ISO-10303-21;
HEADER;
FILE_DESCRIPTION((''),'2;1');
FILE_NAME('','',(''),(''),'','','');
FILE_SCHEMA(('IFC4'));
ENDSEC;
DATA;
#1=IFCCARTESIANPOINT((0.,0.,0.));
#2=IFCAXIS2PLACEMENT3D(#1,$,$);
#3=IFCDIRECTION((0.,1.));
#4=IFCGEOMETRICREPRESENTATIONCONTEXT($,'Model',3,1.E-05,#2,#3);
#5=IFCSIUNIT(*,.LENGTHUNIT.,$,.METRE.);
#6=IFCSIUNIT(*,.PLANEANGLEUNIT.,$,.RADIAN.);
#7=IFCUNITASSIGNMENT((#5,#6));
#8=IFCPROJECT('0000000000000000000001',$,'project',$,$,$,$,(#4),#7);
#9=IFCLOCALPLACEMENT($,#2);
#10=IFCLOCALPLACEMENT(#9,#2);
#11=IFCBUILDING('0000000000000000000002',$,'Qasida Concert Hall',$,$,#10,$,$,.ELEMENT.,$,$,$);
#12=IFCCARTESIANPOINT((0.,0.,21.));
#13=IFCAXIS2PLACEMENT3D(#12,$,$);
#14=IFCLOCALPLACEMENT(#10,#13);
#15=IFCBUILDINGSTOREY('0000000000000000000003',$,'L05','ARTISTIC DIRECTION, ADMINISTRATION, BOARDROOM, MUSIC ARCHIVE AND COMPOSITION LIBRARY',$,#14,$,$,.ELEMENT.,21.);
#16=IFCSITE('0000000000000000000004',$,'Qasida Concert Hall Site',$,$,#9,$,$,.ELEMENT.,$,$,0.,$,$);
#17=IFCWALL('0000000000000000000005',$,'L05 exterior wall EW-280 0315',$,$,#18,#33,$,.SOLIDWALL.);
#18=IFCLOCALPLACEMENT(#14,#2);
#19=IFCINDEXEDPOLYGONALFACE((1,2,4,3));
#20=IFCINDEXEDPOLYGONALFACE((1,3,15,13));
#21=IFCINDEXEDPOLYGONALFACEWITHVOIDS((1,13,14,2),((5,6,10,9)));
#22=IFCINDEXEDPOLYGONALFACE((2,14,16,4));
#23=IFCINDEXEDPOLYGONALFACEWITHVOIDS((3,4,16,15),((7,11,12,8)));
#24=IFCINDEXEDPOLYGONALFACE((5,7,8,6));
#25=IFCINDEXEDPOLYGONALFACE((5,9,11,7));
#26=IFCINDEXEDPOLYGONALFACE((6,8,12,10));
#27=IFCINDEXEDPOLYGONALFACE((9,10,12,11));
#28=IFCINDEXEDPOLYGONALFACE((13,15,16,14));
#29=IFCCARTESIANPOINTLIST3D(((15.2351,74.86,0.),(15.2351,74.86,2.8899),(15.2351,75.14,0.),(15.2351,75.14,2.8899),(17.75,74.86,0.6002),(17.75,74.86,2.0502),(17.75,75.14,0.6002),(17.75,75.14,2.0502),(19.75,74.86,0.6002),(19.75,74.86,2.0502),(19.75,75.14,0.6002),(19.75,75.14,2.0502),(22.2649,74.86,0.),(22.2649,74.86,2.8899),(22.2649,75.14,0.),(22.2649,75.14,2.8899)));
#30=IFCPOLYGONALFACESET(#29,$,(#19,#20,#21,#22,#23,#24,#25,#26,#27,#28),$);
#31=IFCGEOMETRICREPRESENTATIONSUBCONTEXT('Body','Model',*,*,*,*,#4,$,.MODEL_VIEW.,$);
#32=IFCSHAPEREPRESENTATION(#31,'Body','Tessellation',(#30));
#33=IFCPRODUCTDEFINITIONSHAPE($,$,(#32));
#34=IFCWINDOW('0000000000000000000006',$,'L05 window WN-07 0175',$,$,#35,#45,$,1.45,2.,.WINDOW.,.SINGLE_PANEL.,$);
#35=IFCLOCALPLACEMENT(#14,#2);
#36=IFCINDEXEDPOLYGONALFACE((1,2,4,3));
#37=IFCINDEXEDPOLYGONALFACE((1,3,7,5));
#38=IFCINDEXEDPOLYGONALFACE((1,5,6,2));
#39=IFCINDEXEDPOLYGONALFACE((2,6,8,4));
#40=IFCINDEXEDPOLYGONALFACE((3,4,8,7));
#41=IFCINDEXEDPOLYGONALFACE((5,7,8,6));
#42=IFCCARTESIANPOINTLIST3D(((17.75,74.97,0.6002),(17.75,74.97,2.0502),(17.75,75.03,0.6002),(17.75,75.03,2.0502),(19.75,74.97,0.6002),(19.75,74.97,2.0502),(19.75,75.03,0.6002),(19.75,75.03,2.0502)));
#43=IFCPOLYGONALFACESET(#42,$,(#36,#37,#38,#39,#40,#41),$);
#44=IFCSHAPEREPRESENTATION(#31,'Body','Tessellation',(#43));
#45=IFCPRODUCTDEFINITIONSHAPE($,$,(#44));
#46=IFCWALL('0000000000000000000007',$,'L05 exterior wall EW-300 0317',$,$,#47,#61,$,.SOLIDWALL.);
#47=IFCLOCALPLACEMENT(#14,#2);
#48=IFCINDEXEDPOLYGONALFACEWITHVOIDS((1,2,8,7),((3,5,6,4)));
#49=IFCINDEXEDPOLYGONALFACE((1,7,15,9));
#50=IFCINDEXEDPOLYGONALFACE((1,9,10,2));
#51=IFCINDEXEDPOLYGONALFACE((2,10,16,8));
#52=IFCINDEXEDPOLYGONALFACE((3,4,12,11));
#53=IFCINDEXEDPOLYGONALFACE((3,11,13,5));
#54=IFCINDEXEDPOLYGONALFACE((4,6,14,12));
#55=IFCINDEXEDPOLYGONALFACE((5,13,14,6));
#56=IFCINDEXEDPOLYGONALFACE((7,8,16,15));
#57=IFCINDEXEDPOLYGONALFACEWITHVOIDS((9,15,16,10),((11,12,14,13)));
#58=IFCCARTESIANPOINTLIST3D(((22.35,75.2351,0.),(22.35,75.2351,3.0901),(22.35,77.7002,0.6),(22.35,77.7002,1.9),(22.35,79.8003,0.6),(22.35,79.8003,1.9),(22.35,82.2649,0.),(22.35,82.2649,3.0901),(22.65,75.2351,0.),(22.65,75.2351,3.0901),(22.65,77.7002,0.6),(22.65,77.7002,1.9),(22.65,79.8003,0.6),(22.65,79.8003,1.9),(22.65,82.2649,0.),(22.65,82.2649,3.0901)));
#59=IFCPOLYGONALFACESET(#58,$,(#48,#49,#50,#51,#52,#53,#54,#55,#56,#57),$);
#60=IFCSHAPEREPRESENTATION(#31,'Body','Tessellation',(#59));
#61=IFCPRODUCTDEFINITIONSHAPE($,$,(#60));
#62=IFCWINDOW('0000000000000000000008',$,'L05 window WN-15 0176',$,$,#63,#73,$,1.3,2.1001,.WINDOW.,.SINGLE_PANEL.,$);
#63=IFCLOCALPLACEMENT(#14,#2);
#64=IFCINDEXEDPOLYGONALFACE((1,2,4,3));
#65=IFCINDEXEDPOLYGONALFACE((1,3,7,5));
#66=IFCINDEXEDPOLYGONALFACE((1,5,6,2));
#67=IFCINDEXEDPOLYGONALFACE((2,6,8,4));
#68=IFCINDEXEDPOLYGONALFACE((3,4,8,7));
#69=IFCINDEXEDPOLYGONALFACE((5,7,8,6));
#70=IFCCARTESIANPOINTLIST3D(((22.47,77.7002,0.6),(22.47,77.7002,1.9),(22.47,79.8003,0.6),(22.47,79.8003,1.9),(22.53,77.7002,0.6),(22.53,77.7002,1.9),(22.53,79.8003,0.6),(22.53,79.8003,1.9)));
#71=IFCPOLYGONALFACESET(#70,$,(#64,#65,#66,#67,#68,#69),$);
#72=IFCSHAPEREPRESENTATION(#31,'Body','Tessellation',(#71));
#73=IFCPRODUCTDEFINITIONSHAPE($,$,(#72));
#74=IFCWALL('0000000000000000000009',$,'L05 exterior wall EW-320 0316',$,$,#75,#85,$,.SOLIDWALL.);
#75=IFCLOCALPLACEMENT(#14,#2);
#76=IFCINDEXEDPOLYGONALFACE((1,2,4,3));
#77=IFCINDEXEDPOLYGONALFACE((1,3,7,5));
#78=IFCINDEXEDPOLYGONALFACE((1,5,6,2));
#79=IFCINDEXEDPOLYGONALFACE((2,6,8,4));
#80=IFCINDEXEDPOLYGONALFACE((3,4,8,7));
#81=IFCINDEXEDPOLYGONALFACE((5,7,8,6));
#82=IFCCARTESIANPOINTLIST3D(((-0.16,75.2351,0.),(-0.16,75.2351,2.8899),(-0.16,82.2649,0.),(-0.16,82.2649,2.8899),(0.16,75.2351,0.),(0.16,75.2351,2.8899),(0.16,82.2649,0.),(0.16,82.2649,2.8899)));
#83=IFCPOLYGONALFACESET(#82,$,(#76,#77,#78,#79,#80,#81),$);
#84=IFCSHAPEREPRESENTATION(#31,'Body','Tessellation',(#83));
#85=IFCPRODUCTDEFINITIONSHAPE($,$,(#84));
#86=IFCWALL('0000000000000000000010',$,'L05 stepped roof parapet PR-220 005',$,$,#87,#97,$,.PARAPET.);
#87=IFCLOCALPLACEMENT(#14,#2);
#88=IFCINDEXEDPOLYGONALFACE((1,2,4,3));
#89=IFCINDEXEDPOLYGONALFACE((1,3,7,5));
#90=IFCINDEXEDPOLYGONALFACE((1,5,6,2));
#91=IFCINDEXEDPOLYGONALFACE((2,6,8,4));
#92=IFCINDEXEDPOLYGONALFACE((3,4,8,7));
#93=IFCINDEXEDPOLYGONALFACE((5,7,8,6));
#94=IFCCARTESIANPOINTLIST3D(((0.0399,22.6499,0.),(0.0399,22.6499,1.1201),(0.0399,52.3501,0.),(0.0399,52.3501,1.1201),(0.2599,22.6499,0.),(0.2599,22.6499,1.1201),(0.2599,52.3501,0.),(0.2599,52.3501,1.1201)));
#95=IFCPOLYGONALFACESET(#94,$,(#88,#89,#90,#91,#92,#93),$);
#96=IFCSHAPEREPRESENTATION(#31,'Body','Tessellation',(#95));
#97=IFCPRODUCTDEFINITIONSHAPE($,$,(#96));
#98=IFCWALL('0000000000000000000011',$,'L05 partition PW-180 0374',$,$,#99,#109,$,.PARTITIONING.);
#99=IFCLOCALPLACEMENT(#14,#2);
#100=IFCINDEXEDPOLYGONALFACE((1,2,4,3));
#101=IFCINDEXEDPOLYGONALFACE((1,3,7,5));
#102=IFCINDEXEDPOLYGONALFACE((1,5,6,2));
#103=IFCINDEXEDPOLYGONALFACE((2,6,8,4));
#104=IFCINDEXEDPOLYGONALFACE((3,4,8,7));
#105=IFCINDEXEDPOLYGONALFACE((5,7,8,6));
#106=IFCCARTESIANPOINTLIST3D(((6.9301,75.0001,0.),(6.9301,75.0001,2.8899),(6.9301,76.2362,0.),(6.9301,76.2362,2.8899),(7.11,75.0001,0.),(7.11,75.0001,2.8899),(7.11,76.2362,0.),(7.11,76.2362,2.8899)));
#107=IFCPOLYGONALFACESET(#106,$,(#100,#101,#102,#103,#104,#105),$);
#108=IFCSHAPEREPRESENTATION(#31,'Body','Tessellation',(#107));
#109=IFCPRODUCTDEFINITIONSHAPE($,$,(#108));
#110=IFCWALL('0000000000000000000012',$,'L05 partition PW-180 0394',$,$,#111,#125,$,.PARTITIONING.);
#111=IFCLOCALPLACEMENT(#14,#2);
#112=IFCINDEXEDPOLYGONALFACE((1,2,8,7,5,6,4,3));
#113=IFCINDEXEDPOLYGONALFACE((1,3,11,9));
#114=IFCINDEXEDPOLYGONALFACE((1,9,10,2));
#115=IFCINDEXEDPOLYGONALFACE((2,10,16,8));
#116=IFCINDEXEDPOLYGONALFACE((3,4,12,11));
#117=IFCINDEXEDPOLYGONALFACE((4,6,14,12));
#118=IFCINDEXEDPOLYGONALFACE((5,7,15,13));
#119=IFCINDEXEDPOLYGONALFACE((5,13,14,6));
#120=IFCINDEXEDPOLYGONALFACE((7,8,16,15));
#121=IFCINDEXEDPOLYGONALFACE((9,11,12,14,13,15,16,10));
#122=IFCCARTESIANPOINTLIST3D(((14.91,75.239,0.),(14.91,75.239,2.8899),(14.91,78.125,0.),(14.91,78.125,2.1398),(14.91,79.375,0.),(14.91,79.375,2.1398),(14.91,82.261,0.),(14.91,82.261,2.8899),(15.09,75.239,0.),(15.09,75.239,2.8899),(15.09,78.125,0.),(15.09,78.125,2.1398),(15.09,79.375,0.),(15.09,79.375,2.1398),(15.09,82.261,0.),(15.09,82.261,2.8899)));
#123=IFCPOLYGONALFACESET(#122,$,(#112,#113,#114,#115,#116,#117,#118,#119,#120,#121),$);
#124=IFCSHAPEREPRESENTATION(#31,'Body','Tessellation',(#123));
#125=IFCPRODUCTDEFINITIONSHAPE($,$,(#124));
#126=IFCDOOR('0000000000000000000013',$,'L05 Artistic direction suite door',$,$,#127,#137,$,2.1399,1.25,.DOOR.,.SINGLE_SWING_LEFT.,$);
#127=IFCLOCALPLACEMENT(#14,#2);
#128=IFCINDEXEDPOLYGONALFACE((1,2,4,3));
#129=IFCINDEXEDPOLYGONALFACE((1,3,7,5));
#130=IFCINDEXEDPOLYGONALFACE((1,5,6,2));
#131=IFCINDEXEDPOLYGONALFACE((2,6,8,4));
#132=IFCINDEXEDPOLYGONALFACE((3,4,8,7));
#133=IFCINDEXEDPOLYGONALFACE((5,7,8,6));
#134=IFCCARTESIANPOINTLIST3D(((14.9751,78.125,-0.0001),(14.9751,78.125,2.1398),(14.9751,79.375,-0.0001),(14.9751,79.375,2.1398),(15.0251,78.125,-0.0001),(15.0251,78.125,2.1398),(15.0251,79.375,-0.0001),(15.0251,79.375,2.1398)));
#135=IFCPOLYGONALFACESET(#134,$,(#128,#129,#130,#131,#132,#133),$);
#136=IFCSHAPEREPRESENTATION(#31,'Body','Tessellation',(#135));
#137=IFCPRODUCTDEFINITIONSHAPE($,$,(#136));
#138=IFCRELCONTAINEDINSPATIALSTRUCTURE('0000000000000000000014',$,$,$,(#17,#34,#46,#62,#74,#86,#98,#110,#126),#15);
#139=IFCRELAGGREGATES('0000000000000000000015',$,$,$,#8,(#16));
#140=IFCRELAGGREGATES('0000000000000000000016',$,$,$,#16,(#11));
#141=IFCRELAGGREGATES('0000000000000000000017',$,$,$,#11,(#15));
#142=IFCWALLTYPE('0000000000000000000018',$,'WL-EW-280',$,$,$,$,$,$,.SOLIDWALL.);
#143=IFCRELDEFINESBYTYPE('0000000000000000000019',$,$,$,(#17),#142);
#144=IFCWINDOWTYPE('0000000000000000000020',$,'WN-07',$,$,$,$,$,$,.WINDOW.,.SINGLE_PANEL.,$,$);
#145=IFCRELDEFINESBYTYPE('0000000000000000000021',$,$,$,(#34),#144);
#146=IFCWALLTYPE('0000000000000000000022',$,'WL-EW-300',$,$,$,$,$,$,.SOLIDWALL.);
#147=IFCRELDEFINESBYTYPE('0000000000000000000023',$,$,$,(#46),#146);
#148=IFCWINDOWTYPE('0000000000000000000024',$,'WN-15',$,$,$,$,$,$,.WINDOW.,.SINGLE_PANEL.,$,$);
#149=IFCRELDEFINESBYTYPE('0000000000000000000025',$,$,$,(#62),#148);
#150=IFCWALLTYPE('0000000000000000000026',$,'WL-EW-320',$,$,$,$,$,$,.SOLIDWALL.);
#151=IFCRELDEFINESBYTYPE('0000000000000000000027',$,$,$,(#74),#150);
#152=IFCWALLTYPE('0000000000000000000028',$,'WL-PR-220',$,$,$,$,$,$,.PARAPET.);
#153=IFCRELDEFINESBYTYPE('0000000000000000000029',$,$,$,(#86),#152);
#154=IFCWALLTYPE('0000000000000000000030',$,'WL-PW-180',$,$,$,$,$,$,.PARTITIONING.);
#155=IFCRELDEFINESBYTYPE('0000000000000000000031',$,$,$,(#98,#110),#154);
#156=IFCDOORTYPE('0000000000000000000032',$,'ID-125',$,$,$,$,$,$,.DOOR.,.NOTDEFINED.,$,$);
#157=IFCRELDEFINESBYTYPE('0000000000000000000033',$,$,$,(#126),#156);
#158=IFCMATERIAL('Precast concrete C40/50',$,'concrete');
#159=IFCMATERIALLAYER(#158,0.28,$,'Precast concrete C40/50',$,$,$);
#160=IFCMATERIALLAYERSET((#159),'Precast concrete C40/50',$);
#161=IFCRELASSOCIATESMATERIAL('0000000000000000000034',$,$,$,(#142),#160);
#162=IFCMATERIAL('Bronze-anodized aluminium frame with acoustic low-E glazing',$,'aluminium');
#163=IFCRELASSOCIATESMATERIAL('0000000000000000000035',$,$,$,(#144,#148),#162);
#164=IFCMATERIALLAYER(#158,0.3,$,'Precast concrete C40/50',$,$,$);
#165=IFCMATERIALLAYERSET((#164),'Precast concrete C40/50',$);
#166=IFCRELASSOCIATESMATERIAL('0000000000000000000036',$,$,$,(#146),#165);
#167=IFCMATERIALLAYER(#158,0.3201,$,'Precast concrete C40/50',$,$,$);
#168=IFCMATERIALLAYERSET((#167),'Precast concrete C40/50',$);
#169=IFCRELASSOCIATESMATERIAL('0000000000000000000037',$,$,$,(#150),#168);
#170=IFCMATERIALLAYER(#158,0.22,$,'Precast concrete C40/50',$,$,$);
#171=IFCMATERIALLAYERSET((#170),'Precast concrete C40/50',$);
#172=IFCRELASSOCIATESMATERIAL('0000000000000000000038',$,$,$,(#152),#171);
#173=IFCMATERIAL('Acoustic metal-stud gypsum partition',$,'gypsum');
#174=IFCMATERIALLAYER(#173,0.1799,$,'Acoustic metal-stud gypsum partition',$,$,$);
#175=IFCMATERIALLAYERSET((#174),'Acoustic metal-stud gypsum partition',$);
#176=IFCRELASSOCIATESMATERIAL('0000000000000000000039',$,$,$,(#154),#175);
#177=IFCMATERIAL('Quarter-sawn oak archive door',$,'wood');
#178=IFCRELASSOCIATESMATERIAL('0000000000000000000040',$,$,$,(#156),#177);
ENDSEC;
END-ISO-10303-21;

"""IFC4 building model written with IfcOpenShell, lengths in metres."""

from ifc_helpers import new_model, si_unit, direction, frame, frame_2d, origin, place, context, subcontext, project, spatial, rectangle, extrude, material, layer, layer_set, type_object, element, fill, save


model = new_model("IFC4")

# Units and contexts
model_context = context("Model", 3, precision=1e-05, world=origin(), true_north=direction((0.0, 1.0)))
body_context = subcontext(model_context, "Body", "Model", "MODEL_VIEW")
ifc_project = project(units=[si_unit("LENGTHUNIT", "METRE"), si_unit("PLANEANGLEUNIT", "RADIAN")], contexts=[model_context])

# Site, building, storey
site_placement = place(None, origin())
site = spatial("IfcSite", under=ifc_project, at=site_placement, Name="Qasida Concert Hall Site", CompositionType="ELEMENT", RefElevation=0.0)
building_placement = place(site_placement, origin())
building = spatial("IfcBuilding", under=site, at=building_placement, Name="Qasida Concert Hall", CompositionType="ELEMENT")
storey_placement = place(building_placement, frame((0.0, 0.0, 21.0)))
storey = spatial("IfcBuildingStorey", under=building, at=storey_placement, Name="L05", Description="ARTISTIC DIRECTION, ADMINISTRATION, BOARDROOM, MUSIC ARCHIVE AND COMPOSITION LIBRARY", CompositionType="ELEMENT", Elevation=21.0)

# Walls, openings, windows
ifc_material_1 = material(Name="Precast concrete C40/50", Category="concrete")
ifc_layer_1 = layer(ifc_material_1, 0.28, Name="Precast concrete C40/50")
ifc_layer_set_1 = layer_set([ifc_layer_1], Name="Precast concrete C40/50")
wall_type_1 = type_object("IfcWallType", Name="WL-EW-280", PredefinedType="SOLIDWALL", material=ifc_layer_set_1)
ifc_material_2 = material(Name="Bronze-anodized aluminium frame with acoustic low-E glazing", Category="aluminium")
wall_1_placement = place(storey_placement, frame((15.2351, 75.0, 0.0), z_axis=(0.0, 0.0, 1.0), x_axis=(1.0, 0.0, 0.0)))
wall_1 = element("IfcWall", 1, at=wall_1_placement, inside=storey, type_object=wall_type_1, Name="L05 exterior wall EW-280 0315", PredefinedType="SOLIDWALL", context=body_context, shape_type="SweptSolid", body=[
    extrude(rectangle(XDim=7.0298, YDim=0.28, at=frame_2d((3.5149, 0.0))), origin(), (0.0, 0.0, 1.0), 2.8899),
])
opening_1_placement = place(wall_1_placement, frame((2.5149, 0.0, 0.6001)))
opening_1 = element("IfcOpeningElement", 2, at=opening_1_placement, cuts=wall_1, PredefinedType="OPENING", context=body_context, shape_type="SweptSolid", body=[
    extrude(rectangle(XDim=2.0, YDim=1.45, at=frame_2d((1.0, 0.7251))), frame((0.0, 0.1499, 0.0), z_axis=(0.0, -1.0, 0.0), x_axis=(1.0, 0.0, 0.0)), (0.0, 0.0, 1.0), 0.3),
])
window_type_1 = type_object("IfcWindowType", Name="WN-07", PartitioningType="SINGLE_PANEL", PredefinedType="WINDOW", material=ifc_material_2)
window_1_placement = place(opening_1_placement, origin())
window_1 = element("IfcWindow", 3, at=window_1_placement, inside=storey, type_object=window_type_1, Name="L05 window WN-07 0175", OverallHeight=1.45, OverallWidth=2.0, PartitioningType="SINGLE_PANEL", PredefinedType="WINDOW", context=body_context, shape_type="SweptSolid", body=[
    extrude(rectangle(XDim=2.0, YDim=1.45, at=frame_2d((1.0, 0.7251))), frame((0.0, 0.03, 0.0), z_axis=(0.0, -1.0, 0.0), x_axis=(1.0, 0.0, 0.0)), (0.0, 0.0, 1.0), 0.0601),
])
fill(opening_1, window_1)
ifc_layer_2 = layer(ifc_material_1, 0.3, Name="Precast concrete C40/50")
ifc_layer_set_2 = layer_set([ifc_layer_2], Name="Precast concrete C40/50")
wall_type_2 = type_object("IfcWallType", Name="WL-EW-300", PredefinedType="SOLIDWALL", material=ifc_layer_set_2)
wall_2_placement = place(storey_placement, frame((22.5, 75.2351, 0.0), z_axis=(0.0, 0.0, 1.0), x_axis=(0.0, 1.0, 0.0)))
wall_2 = element("IfcWall", 4, at=wall_2_placement, inside=storey, type_object=wall_type_2, Name="L05 exterior wall EW-300 0317", PredefinedType="SOLIDWALL", context=body_context, shape_type="SweptSolid", body=[
    extrude(rectangle(XDim=7.0298, YDim=0.3, at=frame_2d((3.5149, 0.0))), origin(), (0.0, 0.0, 1.0), 3.0901),
])
opening_2_placement = place(wall_2_placement, frame((2.4651, 0.0, 0.6001)))
opening_2 = element("IfcOpeningElement", 5, at=opening_2_placement, cuts=wall_2, PredefinedType="OPENING", context=body_context, shape_type="SweptSolid", body=[
    extrude(rectangle(XDim=2.1001, YDim=1.3, at=frame_2d((1.05, 0.6499))), frame((0.0, 0.1599, 0.0), z_axis=(0.0, -1.0, 0.0), x_axis=(1.0, 0.0, 0.0)), (0.0, 0.0, 1.0), 0.3201),
])
window_type_2 = type_object("IfcWindowType", Name="WN-15", PartitioningType="SINGLE_PANEL", PredefinedType="WINDOW", material=ifc_material_2)
window_2_placement = place(opening_2_placement, origin())
window_2 = element("IfcWindow", 6, at=window_2_placement, inside=storey, type_object=window_type_2, Name="L05 window WN-15 0176", OverallHeight=1.3, OverallWidth=2.1001, PartitioningType="SINGLE_PANEL", PredefinedType="WINDOW", context=body_context, shape_type="SweptSolid", body=[
    extrude(rectangle(XDim=2.1001, YDim=1.3, at=frame_2d((1.05, 0.6499))), frame((0.0, 0.03, 0.0), z_axis=(0.0, -1.0, 0.0), x_axis=(1.0, 0.0, 0.0)), (0.0, 0.0, 1.0), 0.0601),
])
fill(opening_2, window_2)

# Walls
ifc_layer_3 = layer(ifc_material_1, 0.3201, Name="Precast concrete C40/50")
ifc_layer_set_3 = layer_set([ifc_layer_3], Name="Precast concrete C40/50")
wall_type_3 = type_object("IfcWallType", Name="WL-EW-320", PredefinedType="SOLIDWALL", material=ifc_layer_set_3)
wall_3_placement = place(storey_placement, frame((0.0, 75.2351, 0.0), z_axis=(0.0, 0.0, 1.0), x_axis=(0.0, 1.0, 0.0)))
element("IfcWall", 7, at=wall_3_placement, inside=storey, type_object=wall_type_3, Name="L05 exterior wall EW-320 0316", PredefinedType="SOLIDWALL", context=body_context, shape_type="SweptSolid", body=[
    extrude(rectangle(XDim=7.0298, YDim=0.3201, at=frame_2d((3.5149, 0.0))), origin(), (0.0, 0.0, 1.0), 2.8899),
])
ifc_layer_4 = layer(ifc_material_1, 0.22, Name="Precast concrete C40/50")
ifc_layer_set_4 = layer_set([ifc_layer_4], Name="Precast concrete C40/50")
wall_type_4 = type_object("IfcWallType", Name="WL-PR-220", PredefinedType="PARAPET", material=ifc_layer_set_4)
wall_4_placement = place(storey_placement, frame((0.1499, 52.3501, 0.0), z_axis=(0.0, 0.0, 1.0), x_axis=(0.0, -1.0, 0.0)))
element("IfcWall", 8, at=wall_4_placement, inside=storey, type_object=wall_type_4, Name="L05 stepped roof parapet PR-220 005", PredefinedType="PARAPET", context=body_context, shape_type="SweptSolid", body=[
    extrude(rectangle(XDim=29.7002, YDim=0.22, at=frame_2d((14.8501, 0.0))), origin(), (0.0, 0.0, 1.0), 1.1201),
])
ifc_material_3 = material(Name="Acoustic metal-stud gypsum partition", Category="gypsum")
ifc_layer_5 = layer(ifc_material_3, 0.1799, Name="Acoustic metal-stud gypsum partition")
ifc_layer_set_5 = layer_set([ifc_layer_5], Name="Acoustic metal-stud gypsum partition")
wall_type_5 = type_object("IfcWallType", Name="WL-PW-180", PredefinedType="PARTITIONING", material=ifc_layer_set_5)
wall_5_placement = place(storey_placement, frame((7.02, 75.0, 0.0), z_axis=(0.0, 0.0, 1.0), x_axis=(0.0, 1.0, 0.0)))
element("IfcWall", 9, at=wall_5_placement, inside=storey, type_object=wall_type_5, Name="L05 partition PW-180 0374", PredefinedType="PARTITIONING", context=body_context, shape_type="SweptSolid", body=[
    extrude(rectangle(XDim=1.2361, YDim=0.1799, at=frame_2d((0.6182, 0.0))), origin(), (0.0, 0.0, 1.0), 2.8899),
])

# Wall, opening, door
wall_6_placement = place(storey_placement, frame((15.0, 75.239, 0.0), z_axis=(0.0, 0.0, 1.0), x_axis=(0.0, 1.0, 0.0)))
wall_6 = element("IfcWall", 10, at=wall_6_placement, inside=storey, type_object=wall_type_5, Name="L05 partition PW-180 0394", PredefinedType="PARTITIONING", context=body_context, shape_type="SweptSolid", body=[
    extrude(rectangle(XDim=7.022, YDim=0.1799, at=frame_2d((3.511, 0.0))), origin(), (0.0, 0.0, 1.0), 2.8899),
])
opening_3_placement = place(wall_6_placement, frame((2.886, 0.0, 0.0)))
opening_3 = element("IfcOpeningElement", 11, at=opening_3_placement, cuts=wall_6, PredefinedType="OPENING", context=body_context, shape_type="SweptSolid", body=[
    extrude(rectangle(XDim=1.25, YDim=2.1399, at=frame_2d((0.625, 1.0698))), frame((0.0, 0.0999, 0.0), z_axis=(0.0, -1.0, 0.0), x_axis=(1.0, 0.0, 0.0)), (0.0, 0.0, 1.0), 0.2),
])
ifc_material_4 = material(Name="Quarter-sawn oak archive door", Category="wood")
door_type = type_object("IfcDoorType", Name="ID-125", OperationType="NOTDEFINED", PredefinedType="DOOR", material=ifc_material_4)
door_placement = place(opening_3_placement, origin())
door = element("IfcDoor", 12, at=door_placement, inside=storey, type_object=door_type, Name="L05 Artistic direction suite door", OperationType="SINGLE_SWING_LEFT", OverallHeight=2.1399, OverallWidth=1.25, PredefinedType="DOOR", context=body_context, shape_type="SweptSolid", body=[
    extrude(rectangle(XDim=1.25, YDim=2.1399, at=frame_2d((0.625, 1.0698))), frame((0.0, 0.0249, 0.0), z_axis=(0.0, -1.0, 0.0), x_axis=(1.0, 0.0, 0.0)), (0.0, 0.0, 1.0), 0.05),
])
fill(opening_3, door)

save(model, "model.ifc")
